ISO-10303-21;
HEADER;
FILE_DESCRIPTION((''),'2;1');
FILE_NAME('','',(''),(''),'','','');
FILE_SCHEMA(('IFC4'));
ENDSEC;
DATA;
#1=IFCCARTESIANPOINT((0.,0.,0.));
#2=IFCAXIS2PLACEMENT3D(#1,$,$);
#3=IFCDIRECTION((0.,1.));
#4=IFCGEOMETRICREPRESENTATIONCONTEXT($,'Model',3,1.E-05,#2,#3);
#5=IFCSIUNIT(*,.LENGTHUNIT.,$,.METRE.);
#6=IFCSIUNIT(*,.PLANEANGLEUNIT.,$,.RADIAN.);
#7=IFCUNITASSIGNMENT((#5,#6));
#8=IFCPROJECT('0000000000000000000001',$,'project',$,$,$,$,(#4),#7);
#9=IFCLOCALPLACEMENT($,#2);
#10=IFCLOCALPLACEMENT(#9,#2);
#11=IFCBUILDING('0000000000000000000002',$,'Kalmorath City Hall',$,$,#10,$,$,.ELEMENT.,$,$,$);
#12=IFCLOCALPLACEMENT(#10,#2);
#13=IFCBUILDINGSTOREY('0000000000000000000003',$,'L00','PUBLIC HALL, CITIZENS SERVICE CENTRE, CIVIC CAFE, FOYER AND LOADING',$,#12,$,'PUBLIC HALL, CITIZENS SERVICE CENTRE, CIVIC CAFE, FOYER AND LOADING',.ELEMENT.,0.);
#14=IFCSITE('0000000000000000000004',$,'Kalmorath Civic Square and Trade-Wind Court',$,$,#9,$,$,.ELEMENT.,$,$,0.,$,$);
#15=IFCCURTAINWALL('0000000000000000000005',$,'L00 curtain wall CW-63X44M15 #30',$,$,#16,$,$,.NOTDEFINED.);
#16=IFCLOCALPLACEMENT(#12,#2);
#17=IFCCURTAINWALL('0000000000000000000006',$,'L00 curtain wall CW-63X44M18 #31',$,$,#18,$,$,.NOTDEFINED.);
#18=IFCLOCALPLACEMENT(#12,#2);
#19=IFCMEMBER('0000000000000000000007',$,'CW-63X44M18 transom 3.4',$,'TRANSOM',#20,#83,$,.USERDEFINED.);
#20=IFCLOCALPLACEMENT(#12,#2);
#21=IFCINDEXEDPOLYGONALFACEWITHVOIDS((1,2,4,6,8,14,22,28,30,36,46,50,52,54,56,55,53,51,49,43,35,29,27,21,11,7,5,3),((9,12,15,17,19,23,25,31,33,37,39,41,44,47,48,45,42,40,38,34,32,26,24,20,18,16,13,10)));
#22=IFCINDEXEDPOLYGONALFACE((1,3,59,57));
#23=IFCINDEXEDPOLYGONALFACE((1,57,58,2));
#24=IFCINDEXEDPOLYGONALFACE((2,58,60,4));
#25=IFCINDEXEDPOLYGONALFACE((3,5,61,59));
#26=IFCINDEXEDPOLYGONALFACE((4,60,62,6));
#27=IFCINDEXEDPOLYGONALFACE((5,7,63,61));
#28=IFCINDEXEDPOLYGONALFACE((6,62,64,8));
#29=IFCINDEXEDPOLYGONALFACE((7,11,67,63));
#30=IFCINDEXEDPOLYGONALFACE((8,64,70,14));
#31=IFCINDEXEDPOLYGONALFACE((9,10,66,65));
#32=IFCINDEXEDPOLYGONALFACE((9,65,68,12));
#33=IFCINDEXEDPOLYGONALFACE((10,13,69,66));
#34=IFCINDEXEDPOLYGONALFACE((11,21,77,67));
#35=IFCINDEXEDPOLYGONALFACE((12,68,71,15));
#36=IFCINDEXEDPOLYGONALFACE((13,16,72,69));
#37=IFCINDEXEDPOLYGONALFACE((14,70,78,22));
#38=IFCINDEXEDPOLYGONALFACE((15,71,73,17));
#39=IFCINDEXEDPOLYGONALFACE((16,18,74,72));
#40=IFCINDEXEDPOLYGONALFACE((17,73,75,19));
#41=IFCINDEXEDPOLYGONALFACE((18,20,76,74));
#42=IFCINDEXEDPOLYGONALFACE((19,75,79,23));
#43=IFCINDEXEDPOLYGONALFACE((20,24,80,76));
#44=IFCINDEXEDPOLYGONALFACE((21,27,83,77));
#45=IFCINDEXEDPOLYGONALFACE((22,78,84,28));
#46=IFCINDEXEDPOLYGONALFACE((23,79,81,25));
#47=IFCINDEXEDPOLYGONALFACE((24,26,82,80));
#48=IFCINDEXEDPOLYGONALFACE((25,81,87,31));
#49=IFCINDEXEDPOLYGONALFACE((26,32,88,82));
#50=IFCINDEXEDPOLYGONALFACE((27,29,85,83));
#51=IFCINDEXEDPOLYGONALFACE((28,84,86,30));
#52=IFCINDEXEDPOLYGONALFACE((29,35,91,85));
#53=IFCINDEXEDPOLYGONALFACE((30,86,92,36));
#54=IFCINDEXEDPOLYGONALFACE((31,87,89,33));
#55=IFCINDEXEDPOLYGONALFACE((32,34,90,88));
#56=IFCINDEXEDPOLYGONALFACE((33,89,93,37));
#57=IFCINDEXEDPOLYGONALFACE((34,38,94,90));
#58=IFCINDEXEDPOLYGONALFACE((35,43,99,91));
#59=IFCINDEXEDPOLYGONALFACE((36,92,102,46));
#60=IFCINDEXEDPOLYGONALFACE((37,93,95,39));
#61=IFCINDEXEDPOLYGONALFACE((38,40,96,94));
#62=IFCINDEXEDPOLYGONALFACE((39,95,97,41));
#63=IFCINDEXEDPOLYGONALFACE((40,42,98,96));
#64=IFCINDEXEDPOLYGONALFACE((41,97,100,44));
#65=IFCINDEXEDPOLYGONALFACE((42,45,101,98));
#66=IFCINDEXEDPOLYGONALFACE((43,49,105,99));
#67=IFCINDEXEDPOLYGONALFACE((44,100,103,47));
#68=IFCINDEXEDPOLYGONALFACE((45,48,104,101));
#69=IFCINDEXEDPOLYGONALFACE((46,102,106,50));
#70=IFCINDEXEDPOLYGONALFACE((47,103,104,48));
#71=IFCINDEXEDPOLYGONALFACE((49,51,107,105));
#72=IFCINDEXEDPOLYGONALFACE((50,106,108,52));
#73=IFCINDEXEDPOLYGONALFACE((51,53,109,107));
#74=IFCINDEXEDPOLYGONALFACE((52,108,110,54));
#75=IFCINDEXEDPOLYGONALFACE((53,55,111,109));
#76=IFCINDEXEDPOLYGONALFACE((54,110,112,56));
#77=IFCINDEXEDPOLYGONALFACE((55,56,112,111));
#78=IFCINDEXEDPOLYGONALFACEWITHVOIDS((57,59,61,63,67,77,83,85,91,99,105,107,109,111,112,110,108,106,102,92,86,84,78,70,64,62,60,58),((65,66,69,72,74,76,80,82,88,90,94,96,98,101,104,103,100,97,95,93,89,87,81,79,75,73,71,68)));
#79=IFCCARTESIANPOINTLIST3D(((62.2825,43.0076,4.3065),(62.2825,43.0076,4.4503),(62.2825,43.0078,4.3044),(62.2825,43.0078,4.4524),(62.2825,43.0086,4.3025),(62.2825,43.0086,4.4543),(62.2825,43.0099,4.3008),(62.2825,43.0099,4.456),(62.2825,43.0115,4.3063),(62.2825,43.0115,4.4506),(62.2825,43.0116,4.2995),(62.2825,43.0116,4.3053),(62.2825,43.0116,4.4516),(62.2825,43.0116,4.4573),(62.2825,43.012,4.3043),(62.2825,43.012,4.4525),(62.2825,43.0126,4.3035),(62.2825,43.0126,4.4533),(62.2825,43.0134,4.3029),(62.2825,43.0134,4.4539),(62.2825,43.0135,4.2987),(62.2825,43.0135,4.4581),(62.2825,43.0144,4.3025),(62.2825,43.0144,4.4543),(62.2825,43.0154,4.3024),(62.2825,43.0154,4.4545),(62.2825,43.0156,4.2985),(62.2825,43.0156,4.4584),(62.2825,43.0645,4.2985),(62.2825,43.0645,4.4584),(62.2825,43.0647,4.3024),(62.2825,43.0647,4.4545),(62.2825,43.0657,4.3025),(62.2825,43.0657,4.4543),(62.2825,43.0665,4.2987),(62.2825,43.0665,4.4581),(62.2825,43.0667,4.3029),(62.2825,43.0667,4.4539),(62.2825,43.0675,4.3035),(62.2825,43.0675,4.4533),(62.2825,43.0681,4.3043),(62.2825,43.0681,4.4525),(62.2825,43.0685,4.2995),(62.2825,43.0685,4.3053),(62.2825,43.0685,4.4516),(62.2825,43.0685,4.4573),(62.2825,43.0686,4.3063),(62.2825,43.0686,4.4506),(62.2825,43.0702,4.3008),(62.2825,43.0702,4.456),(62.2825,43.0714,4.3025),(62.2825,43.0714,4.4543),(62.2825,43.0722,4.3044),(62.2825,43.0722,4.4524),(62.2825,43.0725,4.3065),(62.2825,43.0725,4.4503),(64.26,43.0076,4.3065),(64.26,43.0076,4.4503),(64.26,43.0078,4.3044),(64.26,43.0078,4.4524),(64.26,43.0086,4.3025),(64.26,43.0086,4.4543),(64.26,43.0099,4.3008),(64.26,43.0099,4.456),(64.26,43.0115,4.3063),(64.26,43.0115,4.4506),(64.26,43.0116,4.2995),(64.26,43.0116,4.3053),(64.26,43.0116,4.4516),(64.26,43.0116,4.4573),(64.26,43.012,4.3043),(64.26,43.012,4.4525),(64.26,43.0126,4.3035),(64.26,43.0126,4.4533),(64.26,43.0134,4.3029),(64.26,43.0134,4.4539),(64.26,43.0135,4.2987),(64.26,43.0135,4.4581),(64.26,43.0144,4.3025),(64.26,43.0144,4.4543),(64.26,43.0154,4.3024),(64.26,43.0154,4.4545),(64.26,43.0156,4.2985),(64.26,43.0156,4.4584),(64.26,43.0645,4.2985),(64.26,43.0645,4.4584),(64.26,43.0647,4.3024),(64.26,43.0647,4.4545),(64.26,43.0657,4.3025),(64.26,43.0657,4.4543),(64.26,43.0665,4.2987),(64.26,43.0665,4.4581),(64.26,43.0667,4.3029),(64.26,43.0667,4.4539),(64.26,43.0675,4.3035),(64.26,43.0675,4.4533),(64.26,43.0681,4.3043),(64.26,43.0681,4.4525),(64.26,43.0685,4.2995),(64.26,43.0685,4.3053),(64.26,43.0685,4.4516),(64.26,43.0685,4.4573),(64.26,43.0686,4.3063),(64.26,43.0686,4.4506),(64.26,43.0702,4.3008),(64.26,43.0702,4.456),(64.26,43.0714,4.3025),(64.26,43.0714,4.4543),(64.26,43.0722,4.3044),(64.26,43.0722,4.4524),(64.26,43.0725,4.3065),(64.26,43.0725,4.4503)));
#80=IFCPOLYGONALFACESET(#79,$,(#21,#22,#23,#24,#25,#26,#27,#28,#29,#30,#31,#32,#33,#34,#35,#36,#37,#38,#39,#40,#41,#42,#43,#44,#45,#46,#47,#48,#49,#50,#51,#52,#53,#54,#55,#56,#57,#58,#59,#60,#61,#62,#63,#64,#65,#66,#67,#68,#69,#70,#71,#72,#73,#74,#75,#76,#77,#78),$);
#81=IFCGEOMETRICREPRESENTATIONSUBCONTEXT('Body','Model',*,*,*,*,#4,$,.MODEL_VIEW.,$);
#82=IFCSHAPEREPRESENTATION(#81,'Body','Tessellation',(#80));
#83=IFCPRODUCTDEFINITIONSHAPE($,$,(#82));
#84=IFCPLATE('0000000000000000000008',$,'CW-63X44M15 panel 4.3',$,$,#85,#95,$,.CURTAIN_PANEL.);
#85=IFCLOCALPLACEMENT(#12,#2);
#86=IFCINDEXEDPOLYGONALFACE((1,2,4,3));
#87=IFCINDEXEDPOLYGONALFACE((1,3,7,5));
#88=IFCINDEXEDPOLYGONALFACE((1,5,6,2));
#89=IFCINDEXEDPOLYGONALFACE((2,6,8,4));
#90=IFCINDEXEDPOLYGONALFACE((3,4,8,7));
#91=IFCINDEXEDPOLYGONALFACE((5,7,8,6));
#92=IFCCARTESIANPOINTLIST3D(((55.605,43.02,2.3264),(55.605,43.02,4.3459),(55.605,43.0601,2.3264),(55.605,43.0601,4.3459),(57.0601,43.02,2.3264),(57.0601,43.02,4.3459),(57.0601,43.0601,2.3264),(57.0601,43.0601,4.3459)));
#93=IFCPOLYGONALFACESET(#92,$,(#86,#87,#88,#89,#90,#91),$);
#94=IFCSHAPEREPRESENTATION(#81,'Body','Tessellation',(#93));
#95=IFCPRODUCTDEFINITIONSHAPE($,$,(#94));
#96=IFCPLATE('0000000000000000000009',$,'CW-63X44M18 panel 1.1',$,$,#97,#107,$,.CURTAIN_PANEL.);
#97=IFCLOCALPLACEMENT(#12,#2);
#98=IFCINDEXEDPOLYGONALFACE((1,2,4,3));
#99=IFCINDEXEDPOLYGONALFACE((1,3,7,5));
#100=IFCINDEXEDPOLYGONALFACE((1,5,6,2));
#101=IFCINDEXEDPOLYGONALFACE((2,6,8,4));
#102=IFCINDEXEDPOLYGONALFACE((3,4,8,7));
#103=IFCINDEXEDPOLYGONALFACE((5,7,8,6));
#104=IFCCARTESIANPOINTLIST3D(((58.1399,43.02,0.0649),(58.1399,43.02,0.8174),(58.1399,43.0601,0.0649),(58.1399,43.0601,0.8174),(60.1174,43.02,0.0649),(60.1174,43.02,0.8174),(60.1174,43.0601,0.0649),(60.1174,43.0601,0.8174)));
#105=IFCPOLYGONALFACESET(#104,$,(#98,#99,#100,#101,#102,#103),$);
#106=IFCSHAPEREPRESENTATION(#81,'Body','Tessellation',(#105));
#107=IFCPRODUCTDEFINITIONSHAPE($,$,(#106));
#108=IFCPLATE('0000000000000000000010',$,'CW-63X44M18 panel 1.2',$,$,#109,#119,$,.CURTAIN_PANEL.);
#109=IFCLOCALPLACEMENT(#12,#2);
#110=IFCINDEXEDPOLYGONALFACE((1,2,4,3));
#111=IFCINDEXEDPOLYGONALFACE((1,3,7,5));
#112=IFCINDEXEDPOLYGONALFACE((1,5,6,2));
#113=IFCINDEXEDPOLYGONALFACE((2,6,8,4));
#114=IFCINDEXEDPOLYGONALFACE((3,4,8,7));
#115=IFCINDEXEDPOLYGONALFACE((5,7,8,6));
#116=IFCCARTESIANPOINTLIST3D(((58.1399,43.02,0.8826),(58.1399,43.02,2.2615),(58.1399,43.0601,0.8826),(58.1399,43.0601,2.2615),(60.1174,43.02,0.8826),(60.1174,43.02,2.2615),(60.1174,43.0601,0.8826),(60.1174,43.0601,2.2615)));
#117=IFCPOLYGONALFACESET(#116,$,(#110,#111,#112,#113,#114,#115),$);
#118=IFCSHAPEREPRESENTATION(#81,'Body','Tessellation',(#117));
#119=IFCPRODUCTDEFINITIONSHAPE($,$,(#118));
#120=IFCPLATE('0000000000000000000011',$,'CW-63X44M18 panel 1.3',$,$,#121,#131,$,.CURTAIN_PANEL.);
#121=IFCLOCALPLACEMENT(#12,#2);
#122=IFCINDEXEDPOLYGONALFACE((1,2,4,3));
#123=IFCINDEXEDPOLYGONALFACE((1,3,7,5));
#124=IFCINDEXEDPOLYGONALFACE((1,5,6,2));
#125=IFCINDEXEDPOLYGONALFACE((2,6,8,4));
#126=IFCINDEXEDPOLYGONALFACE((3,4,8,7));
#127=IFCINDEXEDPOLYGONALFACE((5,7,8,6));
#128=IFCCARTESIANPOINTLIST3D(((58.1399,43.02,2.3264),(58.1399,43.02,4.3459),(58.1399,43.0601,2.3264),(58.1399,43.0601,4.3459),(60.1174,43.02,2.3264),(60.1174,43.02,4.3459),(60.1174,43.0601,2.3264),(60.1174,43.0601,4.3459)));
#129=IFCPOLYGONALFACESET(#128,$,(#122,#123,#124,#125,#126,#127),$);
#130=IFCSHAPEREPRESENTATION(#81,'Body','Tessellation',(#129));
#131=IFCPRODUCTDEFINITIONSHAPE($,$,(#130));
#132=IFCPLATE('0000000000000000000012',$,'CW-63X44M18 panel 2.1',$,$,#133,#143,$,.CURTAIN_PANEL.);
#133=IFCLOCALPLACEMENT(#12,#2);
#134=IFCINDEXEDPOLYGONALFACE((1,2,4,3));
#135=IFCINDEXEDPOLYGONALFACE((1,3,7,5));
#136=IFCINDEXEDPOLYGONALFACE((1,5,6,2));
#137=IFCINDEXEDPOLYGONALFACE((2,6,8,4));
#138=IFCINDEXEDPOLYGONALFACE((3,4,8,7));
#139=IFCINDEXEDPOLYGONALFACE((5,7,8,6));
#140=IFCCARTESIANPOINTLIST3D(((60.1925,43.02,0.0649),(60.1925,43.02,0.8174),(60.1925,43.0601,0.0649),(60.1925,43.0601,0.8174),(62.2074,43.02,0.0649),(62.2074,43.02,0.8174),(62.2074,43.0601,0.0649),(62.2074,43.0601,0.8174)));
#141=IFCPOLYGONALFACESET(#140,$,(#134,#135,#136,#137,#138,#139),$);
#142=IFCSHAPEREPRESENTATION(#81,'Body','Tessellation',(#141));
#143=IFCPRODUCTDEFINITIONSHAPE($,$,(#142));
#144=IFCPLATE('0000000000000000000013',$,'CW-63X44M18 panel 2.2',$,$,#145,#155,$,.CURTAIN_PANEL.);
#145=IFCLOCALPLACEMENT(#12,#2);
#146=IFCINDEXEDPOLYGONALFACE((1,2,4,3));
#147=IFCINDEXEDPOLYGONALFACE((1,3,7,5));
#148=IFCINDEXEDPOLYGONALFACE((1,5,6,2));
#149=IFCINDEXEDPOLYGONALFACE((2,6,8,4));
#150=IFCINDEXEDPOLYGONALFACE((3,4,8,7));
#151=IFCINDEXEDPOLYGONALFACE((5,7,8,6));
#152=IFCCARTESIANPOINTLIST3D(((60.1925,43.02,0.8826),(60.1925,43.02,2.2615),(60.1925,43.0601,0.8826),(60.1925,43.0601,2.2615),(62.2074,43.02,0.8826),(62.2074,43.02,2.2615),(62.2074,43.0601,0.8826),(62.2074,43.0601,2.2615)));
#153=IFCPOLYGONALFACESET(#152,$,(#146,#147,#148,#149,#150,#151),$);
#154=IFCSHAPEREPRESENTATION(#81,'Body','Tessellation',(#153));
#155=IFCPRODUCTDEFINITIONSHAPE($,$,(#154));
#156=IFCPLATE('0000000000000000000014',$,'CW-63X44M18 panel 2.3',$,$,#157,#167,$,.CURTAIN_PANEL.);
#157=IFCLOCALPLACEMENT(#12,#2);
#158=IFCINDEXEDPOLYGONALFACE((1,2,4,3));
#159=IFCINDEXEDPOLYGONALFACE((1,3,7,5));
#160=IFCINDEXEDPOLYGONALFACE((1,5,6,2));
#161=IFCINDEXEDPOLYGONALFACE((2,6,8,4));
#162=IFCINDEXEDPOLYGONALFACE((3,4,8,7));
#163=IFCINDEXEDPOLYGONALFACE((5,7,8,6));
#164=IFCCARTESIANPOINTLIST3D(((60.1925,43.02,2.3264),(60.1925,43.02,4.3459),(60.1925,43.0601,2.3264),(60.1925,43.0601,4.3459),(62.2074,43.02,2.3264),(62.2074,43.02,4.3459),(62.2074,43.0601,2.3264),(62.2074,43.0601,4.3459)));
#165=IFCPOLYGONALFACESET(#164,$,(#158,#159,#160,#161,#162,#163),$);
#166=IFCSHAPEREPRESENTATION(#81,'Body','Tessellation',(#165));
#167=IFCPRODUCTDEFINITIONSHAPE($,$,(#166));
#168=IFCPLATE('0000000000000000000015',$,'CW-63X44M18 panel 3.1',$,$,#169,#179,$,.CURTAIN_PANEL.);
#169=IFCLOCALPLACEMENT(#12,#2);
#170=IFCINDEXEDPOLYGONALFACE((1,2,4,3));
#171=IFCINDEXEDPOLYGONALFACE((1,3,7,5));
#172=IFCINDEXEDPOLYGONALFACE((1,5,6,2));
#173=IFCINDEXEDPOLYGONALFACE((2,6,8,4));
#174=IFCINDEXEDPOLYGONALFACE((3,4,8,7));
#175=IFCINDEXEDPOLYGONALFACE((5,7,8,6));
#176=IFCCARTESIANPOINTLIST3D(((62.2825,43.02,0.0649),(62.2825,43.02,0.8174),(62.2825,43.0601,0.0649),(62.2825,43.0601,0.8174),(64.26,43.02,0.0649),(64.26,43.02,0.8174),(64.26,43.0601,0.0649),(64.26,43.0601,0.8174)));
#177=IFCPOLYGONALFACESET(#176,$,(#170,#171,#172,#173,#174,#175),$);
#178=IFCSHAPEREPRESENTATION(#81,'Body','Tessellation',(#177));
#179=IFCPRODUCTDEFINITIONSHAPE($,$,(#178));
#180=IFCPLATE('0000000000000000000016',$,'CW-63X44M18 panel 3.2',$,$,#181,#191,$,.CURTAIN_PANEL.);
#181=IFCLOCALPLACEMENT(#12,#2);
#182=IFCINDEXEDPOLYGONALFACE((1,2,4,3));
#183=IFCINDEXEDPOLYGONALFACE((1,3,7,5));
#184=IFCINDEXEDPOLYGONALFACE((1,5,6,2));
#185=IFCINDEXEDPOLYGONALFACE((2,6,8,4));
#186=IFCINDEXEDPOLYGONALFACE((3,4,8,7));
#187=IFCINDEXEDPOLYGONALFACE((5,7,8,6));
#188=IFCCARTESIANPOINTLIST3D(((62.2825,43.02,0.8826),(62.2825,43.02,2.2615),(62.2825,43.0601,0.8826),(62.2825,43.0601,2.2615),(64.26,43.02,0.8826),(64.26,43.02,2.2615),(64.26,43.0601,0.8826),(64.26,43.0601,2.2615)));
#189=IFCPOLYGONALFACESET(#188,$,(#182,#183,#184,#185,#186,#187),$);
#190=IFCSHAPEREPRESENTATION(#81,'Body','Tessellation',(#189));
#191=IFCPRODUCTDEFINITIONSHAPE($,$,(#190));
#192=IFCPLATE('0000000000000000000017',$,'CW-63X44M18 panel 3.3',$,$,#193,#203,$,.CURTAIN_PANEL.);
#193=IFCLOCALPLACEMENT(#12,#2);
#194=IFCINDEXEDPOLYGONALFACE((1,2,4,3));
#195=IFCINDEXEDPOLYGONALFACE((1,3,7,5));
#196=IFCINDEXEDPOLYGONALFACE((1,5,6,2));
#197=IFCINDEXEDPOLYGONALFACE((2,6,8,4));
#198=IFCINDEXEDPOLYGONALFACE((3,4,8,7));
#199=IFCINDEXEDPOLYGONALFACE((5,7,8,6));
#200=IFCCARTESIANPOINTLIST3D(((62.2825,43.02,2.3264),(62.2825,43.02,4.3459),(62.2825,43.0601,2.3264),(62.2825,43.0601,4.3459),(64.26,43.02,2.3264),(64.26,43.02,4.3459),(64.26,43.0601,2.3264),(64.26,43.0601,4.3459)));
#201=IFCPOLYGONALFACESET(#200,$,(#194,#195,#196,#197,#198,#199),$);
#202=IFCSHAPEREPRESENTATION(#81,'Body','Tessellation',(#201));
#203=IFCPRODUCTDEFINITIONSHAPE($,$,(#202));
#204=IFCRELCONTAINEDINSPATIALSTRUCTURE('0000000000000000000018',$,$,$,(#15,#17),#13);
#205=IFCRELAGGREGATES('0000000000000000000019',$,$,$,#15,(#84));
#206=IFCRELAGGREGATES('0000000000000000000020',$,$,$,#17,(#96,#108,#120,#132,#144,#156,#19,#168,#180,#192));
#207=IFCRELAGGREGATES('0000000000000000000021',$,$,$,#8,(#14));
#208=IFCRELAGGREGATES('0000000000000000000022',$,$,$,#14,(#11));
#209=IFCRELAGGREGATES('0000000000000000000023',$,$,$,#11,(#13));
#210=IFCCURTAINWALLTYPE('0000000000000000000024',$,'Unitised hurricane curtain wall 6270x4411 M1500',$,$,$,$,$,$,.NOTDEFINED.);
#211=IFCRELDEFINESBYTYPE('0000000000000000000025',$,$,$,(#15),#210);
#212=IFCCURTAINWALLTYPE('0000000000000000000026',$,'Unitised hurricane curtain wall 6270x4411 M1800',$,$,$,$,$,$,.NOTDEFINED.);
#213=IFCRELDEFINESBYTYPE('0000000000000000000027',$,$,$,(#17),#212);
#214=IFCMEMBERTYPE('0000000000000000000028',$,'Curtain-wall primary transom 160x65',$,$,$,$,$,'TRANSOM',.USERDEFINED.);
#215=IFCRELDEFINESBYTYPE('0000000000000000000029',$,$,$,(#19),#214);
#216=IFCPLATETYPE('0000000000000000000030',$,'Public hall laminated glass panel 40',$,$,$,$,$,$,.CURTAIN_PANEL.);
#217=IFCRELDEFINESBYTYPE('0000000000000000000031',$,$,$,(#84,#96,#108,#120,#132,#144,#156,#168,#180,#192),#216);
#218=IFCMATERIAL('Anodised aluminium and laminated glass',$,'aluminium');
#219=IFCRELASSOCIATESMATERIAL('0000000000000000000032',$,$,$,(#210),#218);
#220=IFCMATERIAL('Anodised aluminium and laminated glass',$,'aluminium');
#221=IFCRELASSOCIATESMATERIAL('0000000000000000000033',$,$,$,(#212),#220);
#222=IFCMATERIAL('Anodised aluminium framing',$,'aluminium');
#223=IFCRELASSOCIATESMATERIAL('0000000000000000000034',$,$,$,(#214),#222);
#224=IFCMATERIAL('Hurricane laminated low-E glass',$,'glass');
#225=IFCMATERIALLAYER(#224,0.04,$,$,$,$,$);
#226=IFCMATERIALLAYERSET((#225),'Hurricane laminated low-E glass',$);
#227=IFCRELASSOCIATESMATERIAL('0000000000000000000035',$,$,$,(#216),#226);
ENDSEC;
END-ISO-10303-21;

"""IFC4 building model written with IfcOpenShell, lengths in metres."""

from ifc_helpers import new_model, si_unit, direction, frame, origin, origin_2d, place, context, subcontext, project, spatial, rectangle, hollow_rectangle, extrude, material, layer, layer_set, material_profile, profile_set, type_object, element, aggregate, save


model = new_model("IFC4")

# Units and contexts
model_context = context("Model", 3, precision=1e-05, world=origin(), true_north=direction((0.0, 1.0)))
body_context = subcontext(model_context, "Body", "Model", "MODEL_VIEW")
ifc_project = project(units=[si_unit("LENGTHUNIT", "METRE"), si_unit("PLANEANGLEUNIT", "RADIAN")], contexts=[model_context])

# Site, building, storey
site_placement = place(None, origin())
site = spatial("IfcSite", under=ifc_project, at=site_placement, Name="Kalmorath Civic Square and Trade-Wind Court", CompositionType="ELEMENT", RefElevation=0.0)
building_placement = place(site_placement, origin())
building = spatial("IfcBuilding", under=site, at=building_placement, Name="Kalmorath City Hall", CompositionType="ELEMENT")
storey_placement = place(building_placement, origin())
storey = spatial("IfcBuildingStorey", under=building, at=storey_placement, Name="L00", Description="PUBLIC HALL, CITIZENS SERVICE CENTRE, CIVIC CAFE, FOYER AND LOADING", LongName="PUBLIC HALL, CITIZENS SERVICE CENTRE, CIVIC CAFE, FOYER AND LOADING", CompositionType="ELEMENT", Elevation=0.0)

# Curtain wall
ifc_material_1 = material(Name="Anodised aluminium and laminated glass", Category="aluminium")
curtain_wall_type_1 = type_object("IfcCurtainWallType", Name="Unitised hurricane curtain wall 6270x4411 M1500", PredefinedType="NOTDEFINED", material=ifc_material_1)
curtain_wall_1_placement = place(storey_placement, origin())
curtain_wall_1 = element("IfcCurtainWall", 1, at=curtain_wall_1_placement, inside=storey, type_object=curtain_wall_type_1, Name="L00 curtain wall CW-63X44M15 #30", PredefinedType="NOTDEFINED")

# Curtain wall, member
ifc_material_2 = material(Name="Anodised aluminium and laminated glass", Category="aluminium")
curtain_wall_type_2 = type_object("IfcCurtainWallType", Name="Unitised hurricane curtain wall 6270x4411 M1800", PredefinedType="NOTDEFINED", material=ifc_material_2)
curtain_wall_2_placement = place(storey_placement, origin())
curtain_wall_2 = element("IfcCurtainWall", 2, at=curtain_wall_2_placement, inside=storey, type_object=curtain_wall_type_2, Name="L00 curtain wall CW-63X44M18 #31", PredefinedType="NOTDEFINED")
ifc_material_3 = material(Name="Anodised aluminium framing", Category="aluminium")
ifc_material_profile_1 = material_profile(ifc_material_3, hollow_rectangle(XDim=0.0649, YDim=0.1599, WallThickness=0.0039, InnerFilletRadius=0.0039, OuterFilletRadius=0.0081, at=origin_2d()), Name="ALU-TRN-160X65X4")
ifc_profile_set_1 = profile_set([ifc_material_profile_1], Name="Anodised aluminium framing")
member_type_1 = type_object("IfcMemberType", Name="Curtain-wall primary transom 160x65", ElementType="TRANSOM", PredefinedType="USERDEFINED", material=ifc_profile_set_1)
member_1_placement = place(storey_placement, frame((62.2825, 43.04, 4.3784), z_axis=(1.0, 0.0, 0.0), x_axis=(0.0, 1.0, 0.0)))
member_1 = element("IfcMember", 3, at=member_1_placement, type_object=member_type_1, Name="CW-63X44M18 transom 3.4", ObjectType="TRANSOM", PredefinedType="USERDEFINED", context=body_context, shape_type="SweptSolid", body=[
    extrude(hollow_rectangle(XDim=0.0649, YDim=0.1599, WallThickness=0.0039, InnerFilletRadius=0.0039, OuterFilletRadius=0.0081, at=origin_2d()), origin(), (0.0, 0.0, 1.0), 1.9775),
])

# Plates
ifc_material_4 = material(Name="Hurricane laminated low-E glass", Category="glass")
ifc_layer = layer(ifc_material_4, 0.04)
ifc_layer_set = layer_set([ifc_layer], Name="Hurricane laminated low-E glass")
plate_type = type_object("IfcPlateType", Name="Public hall laminated glass panel 40", PredefinedType="CURTAIN_PANEL", material=ifc_layer_set)
plate_1_placement = place(storey_placement, frame((56.3325, 43.04, 2.3264), z_axis=(0.0, 0.0, 1.0), x_axis=(1.0, 0.0, 0.0)))
plate_1 = element("IfcPlate", 4, at=plate_1_placement, type_object=plate_type, Name="CW-63X44M15 panel 4.3", PredefinedType="CURTAIN_PANEL", context=body_context, shape_type="SweptSolid", body=[
    extrude(rectangle(XDim=1.4551, YDim=0.04, at=origin_2d()), origin(), (0.0, 0.0, 1.0), 2.0195),
])
aggregate(curtain_wall_1, [plate_1])
plate_2_placement = place(storey_placement, frame((59.1287, 43.04, 0.0649), z_axis=(0.0, 0.0, 1.0), x_axis=(1.0, 0.0, 0.0)))
plate_2 = element("IfcPlate", 5, at=plate_2_placement, type_object=plate_type, Name="CW-63X44M18 panel 1.1", PredefinedType="CURTAIN_PANEL", context=body_context, shape_type="SweptSolid", body=[
    extrude(rectangle(XDim=1.9775, YDim=0.04, at=origin_2d()), origin(), (0.0, 0.0, 1.0), 0.7524),
])
plate_3_placement = place(storey_placement, frame((59.1287, 43.04, 0.8826), z_axis=(0.0, 0.0, 1.0), x_axis=(1.0, 0.0, 0.0)))
plate_3 = element("IfcPlate", 6, at=plate_3_placement, type_object=plate_type, Name="CW-63X44M18 panel 1.2", PredefinedType="CURTAIN_PANEL", context=body_context, shape_type="SweptSolid", body=[
    extrude(rectangle(XDim=1.9775, YDim=0.04, at=origin_2d()), origin(), (0.0, 0.0, 1.0), 1.3789),
])
plate_4_placement = place(storey_placement, frame((59.1287, 43.04, 2.3264), z_axis=(0.0, 0.0, 1.0), x_axis=(1.0, 0.0, 0.0)))
plate_4 = element("IfcPlate", 7, at=plate_4_placement, type_object=plate_type, Name="CW-63X44M18 panel 1.3", PredefinedType="CURTAIN_PANEL", context=body_context, shape_type="SweptSolid", body=[
    extrude(rectangle(XDim=1.9775, YDim=0.04, at=origin_2d()), origin(), (0.0, 0.0, 1.0), 2.0195),
])
plate_5_placement = place(storey_placement, frame((61.2, 43.04, 0.0649), z_axis=(0.0, 0.0, 1.0), x_axis=(1.0, 0.0, 0.0)))
plate_5 = element("IfcPlate", 8, at=plate_5_placement, type_object=plate_type, Name="CW-63X44M18 panel 2.1", PredefinedType="CURTAIN_PANEL", context=body_context, shape_type="SweptSolid", body=[
    extrude(rectangle(XDim=2.0149, YDim=0.04, at=origin_2d()), origin(), (0.0, 0.0, 1.0), 0.7524),
])
plate_6_placement = place(storey_placement, frame((61.2, 43.04, 0.8826), z_axis=(0.0, 0.0, 1.0), x_axis=(1.0, 0.0, 0.0)))
plate_6 = element("IfcPlate", 9, at=plate_6_placement, type_object=plate_type, Name="CW-63X44M18 panel 2.2", PredefinedType="CURTAIN_PANEL", context=body_context, shape_type="SweptSolid", body=[
    extrude(rectangle(XDim=2.0149, YDim=0.04, at=origin_2d()), origin(), (0.0, 0.0, 1.0), 1.3789),
])
plate_7_placement = place(storey_placement, frame((61.2, 43.04, 2.3264), z_axis=(0.0, 0.0, 1.0), x_axis=(1.0, 0.0, 0.0)))
plate_7 = element("IfcPlate", 10, at=plate_7_placement, type_object=plate_type, Name="CW-63X44M18 panel 2.3", PredefinedType="CURTAIN_PANEL", context=body_context, shape_type="SweptSolid", body=[
    extrude(rectangle(XDim=2.0149, YDim=0.04, at=origin_2d()), origin(), (0.0, 0.0, 1.0), 2.0195),
])
plate_8_placement = place(storey_placement, frame((63.2712, 43.04, 0.0649), z_axis=(0.0, 0.0, 1.0), x_axis=(1.0, 0.0, 0.0)))
plate_8 = element("IfcPlate", 11, at=plate_8_placement, type_object=plate_type, Name="CW-63X44M18 panel 3.1", PredefinedType="CURTAIN_PANEL", context=body_context, shape_type="SweptSolid", body=[
    extrude(rectangle(XDim=1.9775, YDim=0.04, at=origin_2d()), origin(), (0.0, 0.0, 1.0), 0.7524),
])
plate_9_placement = place(storey_placement, frame((63.2712, 43.04, 0.8826), z_axis=(0.0, 0.0, 1.0), x_axis=(1.0, 0.0, 0.0)))
plate_9 = element("IfcPlate", 12, at=plate_9_placement, type_object=plate_type, Name="CW-63X44M18 panel 3.2", PredefinedType="CURTAIN_PANEL", context=body_context, shape_type="SweptSolid", body=[
    extrude(rectangle(XDim=1.9775, YDim=0.04, at=origin_2d()), origin(), (0.0, 0.0, 1.0), 1.3789),
])
plate_10_placement = place(storey_placement, frame((63.2712, 43.04, 2.3264), z_axis=(0.0, 0.0, 1.0), x_axis=(1.0, 0.0, 0.0)))
plate_10 = element("IfcPlate", 13, at=plate_10_placement, type_object=plate_type, Name="CW-63X44M18 panel 3.3", PredefinedType="CURTAIN_PANEL", context=body_context, shape_type="SweptSolid", body=[
    extrude(rectangle(XDim=1.9775, YDim=0.04, at=origin_2d()), origin(), (0.0, 0.0, 1.0), 2.0195),
])
aggregate(curtain_wall_2, [plate_2, plate_3, plate_4, plate_5, plate_6, plate_7, member_1, plate_8, plate_9, plate_10])

save(model, "model.ifc")
